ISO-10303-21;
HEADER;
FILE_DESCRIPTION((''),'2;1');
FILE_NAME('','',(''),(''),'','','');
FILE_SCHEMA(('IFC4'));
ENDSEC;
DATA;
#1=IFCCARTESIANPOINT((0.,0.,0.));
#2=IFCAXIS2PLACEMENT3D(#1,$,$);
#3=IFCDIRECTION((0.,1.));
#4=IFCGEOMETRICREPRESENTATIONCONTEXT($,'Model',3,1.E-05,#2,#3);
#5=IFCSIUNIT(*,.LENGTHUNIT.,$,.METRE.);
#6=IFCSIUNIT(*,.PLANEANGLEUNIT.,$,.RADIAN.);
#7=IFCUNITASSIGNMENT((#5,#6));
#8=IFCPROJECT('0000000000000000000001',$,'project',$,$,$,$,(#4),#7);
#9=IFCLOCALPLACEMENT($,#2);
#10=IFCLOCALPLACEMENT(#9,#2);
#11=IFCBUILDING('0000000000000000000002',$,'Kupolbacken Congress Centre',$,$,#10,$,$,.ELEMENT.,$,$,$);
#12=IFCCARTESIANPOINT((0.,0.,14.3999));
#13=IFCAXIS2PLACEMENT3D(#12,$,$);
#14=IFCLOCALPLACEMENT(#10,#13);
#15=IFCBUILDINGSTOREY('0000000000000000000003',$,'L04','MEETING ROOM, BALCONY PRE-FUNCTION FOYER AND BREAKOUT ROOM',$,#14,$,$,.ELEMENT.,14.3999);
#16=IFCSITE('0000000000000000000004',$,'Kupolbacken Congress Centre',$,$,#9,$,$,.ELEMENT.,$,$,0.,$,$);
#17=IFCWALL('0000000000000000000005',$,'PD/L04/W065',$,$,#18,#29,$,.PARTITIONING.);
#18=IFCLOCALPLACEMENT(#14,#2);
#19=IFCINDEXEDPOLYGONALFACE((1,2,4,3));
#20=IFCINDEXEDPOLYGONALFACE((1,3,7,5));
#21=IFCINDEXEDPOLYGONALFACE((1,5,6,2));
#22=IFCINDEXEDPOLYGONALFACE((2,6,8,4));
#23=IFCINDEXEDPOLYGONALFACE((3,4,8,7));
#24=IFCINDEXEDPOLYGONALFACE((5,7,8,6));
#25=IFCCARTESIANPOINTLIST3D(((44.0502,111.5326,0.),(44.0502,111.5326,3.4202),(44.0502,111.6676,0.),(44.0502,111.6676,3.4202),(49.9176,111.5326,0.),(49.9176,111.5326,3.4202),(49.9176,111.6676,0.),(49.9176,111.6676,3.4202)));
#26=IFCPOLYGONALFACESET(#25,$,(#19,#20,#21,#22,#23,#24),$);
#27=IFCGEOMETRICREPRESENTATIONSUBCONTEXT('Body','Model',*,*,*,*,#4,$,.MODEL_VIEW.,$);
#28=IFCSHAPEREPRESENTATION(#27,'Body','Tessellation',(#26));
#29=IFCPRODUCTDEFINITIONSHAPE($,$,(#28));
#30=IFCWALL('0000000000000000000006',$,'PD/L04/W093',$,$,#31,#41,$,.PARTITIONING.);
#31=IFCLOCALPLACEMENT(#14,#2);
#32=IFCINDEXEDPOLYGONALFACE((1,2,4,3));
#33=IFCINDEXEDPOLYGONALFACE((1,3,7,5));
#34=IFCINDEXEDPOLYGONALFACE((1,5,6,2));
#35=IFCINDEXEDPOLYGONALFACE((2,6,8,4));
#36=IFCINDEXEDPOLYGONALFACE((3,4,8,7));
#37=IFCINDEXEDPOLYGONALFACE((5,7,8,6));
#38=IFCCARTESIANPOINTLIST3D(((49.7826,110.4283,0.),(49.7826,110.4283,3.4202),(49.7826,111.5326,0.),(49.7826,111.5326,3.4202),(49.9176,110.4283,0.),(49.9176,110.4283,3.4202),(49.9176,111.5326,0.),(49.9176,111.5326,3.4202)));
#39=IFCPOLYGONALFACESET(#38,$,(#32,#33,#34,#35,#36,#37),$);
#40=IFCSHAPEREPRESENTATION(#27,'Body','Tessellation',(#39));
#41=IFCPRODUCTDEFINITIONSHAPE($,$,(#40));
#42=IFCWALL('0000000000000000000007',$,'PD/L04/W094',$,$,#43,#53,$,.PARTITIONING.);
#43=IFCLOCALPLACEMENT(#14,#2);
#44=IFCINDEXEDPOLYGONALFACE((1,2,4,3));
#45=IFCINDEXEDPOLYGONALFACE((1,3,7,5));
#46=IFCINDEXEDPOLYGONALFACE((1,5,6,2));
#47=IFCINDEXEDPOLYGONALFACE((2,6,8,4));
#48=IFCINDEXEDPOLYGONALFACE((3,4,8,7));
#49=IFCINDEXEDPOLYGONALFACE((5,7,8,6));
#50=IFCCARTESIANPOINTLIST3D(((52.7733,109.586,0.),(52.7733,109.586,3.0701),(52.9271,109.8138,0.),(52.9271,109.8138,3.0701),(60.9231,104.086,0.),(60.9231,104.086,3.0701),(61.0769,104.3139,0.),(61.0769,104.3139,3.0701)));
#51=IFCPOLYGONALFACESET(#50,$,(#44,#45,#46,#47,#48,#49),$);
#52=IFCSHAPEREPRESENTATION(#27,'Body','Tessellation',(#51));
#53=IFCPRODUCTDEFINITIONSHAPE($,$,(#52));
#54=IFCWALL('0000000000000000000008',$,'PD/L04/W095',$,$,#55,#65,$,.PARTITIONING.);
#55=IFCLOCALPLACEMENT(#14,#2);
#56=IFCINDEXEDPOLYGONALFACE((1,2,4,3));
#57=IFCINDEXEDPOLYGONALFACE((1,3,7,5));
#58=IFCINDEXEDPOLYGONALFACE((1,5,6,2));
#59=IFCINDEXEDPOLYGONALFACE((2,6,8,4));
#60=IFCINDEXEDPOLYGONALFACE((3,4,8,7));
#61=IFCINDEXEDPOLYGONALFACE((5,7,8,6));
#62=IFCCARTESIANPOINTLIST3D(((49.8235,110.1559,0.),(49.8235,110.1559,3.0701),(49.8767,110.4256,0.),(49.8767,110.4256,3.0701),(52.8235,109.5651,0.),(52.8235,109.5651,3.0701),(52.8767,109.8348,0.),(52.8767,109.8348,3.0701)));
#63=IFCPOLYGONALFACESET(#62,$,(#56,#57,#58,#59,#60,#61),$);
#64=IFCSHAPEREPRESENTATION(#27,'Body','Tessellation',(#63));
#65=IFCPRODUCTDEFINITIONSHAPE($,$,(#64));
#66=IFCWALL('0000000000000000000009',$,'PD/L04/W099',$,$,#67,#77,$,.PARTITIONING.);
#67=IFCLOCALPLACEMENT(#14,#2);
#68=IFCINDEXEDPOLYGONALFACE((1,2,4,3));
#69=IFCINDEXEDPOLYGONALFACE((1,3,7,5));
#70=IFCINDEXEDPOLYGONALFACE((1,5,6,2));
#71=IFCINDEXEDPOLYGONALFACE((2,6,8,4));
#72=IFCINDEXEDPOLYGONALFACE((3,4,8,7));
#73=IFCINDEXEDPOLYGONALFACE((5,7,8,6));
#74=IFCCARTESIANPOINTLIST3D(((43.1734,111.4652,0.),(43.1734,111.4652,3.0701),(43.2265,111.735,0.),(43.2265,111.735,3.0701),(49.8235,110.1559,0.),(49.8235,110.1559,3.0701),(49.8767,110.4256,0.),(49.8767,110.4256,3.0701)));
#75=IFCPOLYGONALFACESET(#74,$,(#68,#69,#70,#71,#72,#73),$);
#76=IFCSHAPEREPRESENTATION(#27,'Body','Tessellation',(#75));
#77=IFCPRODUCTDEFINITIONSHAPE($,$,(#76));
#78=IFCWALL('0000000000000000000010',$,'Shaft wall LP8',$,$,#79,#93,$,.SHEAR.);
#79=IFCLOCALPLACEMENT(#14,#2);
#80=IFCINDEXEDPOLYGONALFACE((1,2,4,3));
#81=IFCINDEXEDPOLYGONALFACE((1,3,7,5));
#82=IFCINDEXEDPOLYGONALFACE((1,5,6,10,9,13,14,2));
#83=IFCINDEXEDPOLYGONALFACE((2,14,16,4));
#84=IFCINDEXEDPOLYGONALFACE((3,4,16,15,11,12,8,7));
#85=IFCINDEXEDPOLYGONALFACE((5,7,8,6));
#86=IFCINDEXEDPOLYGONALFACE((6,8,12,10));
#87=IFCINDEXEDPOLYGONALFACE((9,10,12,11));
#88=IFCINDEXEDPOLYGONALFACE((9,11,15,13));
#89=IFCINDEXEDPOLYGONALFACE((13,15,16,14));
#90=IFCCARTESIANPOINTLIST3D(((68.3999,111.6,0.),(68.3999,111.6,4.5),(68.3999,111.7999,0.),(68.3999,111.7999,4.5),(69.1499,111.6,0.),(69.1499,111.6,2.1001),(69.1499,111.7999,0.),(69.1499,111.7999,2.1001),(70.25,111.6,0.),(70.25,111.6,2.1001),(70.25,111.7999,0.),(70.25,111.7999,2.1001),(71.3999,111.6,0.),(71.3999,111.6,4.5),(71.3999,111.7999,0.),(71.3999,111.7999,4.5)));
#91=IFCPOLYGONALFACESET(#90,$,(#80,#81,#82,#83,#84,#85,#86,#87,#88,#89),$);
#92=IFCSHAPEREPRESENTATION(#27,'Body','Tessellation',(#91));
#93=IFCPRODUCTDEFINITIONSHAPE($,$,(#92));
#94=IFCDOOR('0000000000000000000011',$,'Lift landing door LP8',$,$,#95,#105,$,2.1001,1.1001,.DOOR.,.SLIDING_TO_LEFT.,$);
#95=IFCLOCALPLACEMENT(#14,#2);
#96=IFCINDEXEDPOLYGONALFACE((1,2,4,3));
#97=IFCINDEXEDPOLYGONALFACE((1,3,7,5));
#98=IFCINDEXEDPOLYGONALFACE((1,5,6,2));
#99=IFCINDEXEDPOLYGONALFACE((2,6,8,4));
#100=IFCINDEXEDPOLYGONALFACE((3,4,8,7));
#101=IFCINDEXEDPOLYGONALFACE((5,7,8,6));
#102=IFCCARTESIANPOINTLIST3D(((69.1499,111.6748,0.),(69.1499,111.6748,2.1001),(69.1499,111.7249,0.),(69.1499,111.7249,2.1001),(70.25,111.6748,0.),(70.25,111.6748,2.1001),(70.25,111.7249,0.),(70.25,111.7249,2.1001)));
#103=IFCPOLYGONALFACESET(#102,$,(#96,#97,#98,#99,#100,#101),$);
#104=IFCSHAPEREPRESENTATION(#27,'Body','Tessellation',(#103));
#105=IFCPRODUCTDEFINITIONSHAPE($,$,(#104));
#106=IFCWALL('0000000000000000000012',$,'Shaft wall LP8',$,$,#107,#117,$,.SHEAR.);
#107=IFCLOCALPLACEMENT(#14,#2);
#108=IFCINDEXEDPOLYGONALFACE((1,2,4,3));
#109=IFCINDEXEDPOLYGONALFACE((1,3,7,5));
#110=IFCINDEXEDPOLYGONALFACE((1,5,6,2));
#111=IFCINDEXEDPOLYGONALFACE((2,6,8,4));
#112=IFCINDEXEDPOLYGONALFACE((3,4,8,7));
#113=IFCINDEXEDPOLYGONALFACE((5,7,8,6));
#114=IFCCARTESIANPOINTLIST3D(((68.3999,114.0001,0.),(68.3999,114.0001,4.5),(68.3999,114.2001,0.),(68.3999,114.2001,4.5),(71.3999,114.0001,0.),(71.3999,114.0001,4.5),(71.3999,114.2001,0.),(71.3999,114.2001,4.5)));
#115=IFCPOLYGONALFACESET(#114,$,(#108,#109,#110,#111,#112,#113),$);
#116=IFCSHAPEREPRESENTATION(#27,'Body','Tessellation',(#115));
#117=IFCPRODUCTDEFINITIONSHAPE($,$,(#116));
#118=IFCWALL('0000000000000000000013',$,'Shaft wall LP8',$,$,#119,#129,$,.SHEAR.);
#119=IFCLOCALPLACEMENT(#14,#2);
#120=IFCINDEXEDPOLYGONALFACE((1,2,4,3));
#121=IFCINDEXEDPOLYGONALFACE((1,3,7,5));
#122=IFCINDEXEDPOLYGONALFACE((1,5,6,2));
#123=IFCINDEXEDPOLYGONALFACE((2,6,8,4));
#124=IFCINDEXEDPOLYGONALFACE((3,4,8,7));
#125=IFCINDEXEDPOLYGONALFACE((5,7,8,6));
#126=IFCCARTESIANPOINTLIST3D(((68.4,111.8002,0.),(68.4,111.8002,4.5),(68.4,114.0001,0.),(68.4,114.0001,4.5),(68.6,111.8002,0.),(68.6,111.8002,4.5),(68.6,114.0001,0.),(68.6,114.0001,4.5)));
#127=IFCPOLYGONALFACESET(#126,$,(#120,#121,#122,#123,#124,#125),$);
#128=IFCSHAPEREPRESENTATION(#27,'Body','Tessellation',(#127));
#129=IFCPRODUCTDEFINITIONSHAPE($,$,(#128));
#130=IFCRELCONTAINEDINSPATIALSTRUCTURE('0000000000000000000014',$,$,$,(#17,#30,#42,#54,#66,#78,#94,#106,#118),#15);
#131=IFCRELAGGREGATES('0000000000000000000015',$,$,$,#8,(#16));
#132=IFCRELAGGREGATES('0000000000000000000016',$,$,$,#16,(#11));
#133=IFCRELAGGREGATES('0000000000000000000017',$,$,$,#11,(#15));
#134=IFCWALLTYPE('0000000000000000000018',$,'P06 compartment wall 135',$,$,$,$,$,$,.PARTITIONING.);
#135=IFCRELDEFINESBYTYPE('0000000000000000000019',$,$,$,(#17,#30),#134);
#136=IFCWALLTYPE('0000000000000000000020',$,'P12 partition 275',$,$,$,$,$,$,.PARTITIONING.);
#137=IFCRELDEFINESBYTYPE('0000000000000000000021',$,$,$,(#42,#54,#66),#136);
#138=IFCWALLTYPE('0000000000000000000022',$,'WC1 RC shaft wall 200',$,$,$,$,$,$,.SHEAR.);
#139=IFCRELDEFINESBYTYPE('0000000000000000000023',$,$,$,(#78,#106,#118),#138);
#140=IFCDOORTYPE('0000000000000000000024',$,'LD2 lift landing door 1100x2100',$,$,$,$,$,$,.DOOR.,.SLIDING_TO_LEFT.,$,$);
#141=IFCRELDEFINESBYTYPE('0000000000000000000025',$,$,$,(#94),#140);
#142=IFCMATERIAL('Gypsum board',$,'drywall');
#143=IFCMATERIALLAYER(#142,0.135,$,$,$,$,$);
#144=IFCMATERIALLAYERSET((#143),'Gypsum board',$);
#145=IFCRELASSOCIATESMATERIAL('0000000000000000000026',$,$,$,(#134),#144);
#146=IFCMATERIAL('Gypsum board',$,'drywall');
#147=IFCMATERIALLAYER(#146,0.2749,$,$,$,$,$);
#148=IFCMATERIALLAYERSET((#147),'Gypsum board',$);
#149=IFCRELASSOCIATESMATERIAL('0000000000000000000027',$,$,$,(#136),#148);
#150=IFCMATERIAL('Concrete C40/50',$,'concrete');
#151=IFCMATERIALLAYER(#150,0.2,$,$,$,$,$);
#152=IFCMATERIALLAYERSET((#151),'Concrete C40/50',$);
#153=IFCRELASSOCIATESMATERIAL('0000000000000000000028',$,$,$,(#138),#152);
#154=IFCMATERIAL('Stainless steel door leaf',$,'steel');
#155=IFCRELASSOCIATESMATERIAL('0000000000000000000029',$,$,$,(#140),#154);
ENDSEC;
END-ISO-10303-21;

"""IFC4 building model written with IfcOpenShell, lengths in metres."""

from ifc_helpers import new_model, si_unit, direction, frame, frame_2d, origin, place, context, subcontext, project, spatial, rectangle, extrude, material, layer, layer_set, type_object, element, fill, save


model = new_model("IFC4")

# Units and contexts
model_context = context("Model", 3, precision=1e-05, world=origin(), true_north=direction((0.0, 1.0)))
body_context = subcontext(model_context, "Body", "Model", "MODEL_VIEW")
ifc_project = project(units=[si_unit("LENGTHUNIT", "METRE"), si_unit("PLANEANGLEUNIT", "RADIAN")], contexts=[model_context])

# Site, building, storey
site_placement = place(None, origin())
site = spatial("IfcSite", under=ifc_project, at=site_placement, Name="Kupolbacken Congress Centre", CompositionType="ELEMENT", RefElevation=0.0)
building_placement = place(site_placement, origin())
building = spatial("IfcBuilding", under=site, at=building_placement, Name="Kupolbacken Congress Centre", CompositionType="ELEMENT")
storey_placement = place(building_placement, frame((0.0, 0.0, 14.3999)))
storey = spatial("IfcBuildingStorey", under=building, at=storey_placement, Name="L04", Description="MEETING ROOM, BALCONY PRE-FUNCTION FOYER AND BREAKOUT ROOM", CompositionType="ELEMENT", Elevation=14.3999)

# Walls
ifc_material_1 = material(Name="Gypsum board", Category="drywall")
ifc_layer_1 = layer(ifc_material_1, 0.135)
ifc_layer_set_1 = layer_set([ifc_layer_1], Name="Gypsum board")
wall_type_1 = type_object("IfcWallType", Name="P06 compartment wall 135", PredefinedType="PARTITIONING", material=ifc_layer_set_1)
wall_1_placement = place(storey_placement, frame((49.9175, 111.6001, 0.0), z_axis=(0.0, 0.0, 1.0), x_axis=(-1.0, 0.0, 0.0)))
element("IfcWall", 1, at=wall_1_placement, inside=storey, type_object=wall_type_1, Name="PD/L04/W065", PredefinedType="PARTITIONING", context=body_context, shape_type="SweptSolid", body=[
    extrude(rectangle(XDim=5.8674, YDim=0.135, at=frame_2d((2.9336, 0.0))), origin(), (0.0, 0.0, 1.0), 3.4202),
])
wall_2_placement = place(storey_placement, frame((49.8501, 110.4282, 0.0), z_axis=(0.0, 0.0, 1.0), x_axis=(0.0, 1.0, 0.0)))
element("IfcWall", 2, at=wall_2_placement, inside=storey, type_object=wall_type_1, Name="PD/L04/W093", PredefinedType="PARTITIONING", context=body_context, shape_type="SweptSolid", body=[
    extrude(rectangle(XDim=1.1042, YDim=0.135, at=frame_2d((0.5522, 0.0))), origin(), (0.0, 0.0, 1.0), 3.4202),
])
ifc_material_2 = material(Name="Gypsum board", Category="drywall")
ifc_layer_2 = layer(ifc_material_2, 0.2749)
ifc_layer_set_2 = layer_set([ifc_layer_2], Name="Gypsum board")
wall_type_2 = type_object("IfcWallType", Name="P12 partition 275", PredefinedType="PARTITIONING", material=ifc_layer_set_2)
wall_3_placement = place(storey_placement, frame((61.0, 104.2, 0.0), z_axis=(0.0, 0.0, 1.0), x_axis=(-0.828905, 0.55939, 0.0)))
element("IfcWall", 3, at=wall_3_placement, inside=storey, type_object=wall_type_2, Name="PD/L04/W094", PredefinedType="PARTITIONING", context=body_context, shape_type="SweptSolid", body=[
    extrude(rectangle(XDim=9.832, YDim=0.2749, at=frame_2d((4.916, 0.0))), origin(), (0.0, 0.0, 1.0), 3.0701),
])
wall_4_placement = place(storey_placement, frame((52.8501, 109.7, 0.0), z_axis=(0.0, 0.0, 1.0), x_axis=(-0.981154, 0.193229, 0.0)))
element("IfcWall", 4, at=wall_4_placement, inside=storey, type_object=wall_type_2, Name="PD/L04/W095", PredefinedType="PARTITIONING", context=body_context, shape_type="SweptSolid", body=[
    extrude(rectangle(XDim=3.0576, YDim=0.2749, at=frame_2d((1.5288, 0.0))), origin(), (0.0, 0.0, 1.0), 3.0701),
])
wall_5_placement = place(storey_placement, frame((49.8501, 110.2908, 0.0), z_axis=(0.0, 0.0, 1.0), x_axis=(-0.981164, 0.193178, 0.0)))
element("IfcWall", 5, at=wall_5_placement, inside=storey, type_object=wall_type_2, Name="PD/L04/W099", PredefinedType="PARTITIONING", context=body_context, shape_type="SweptSolid", body=[
    extrude(rectangle(XDim=6.7778, YDim=0.2749, at=frame_2d((3.3889, 0.0))), origin(), (0.0, 0.0, 1.0), 3.0701),
])

# Wall, opening, door
ifc_material_3 = material(Name="Concrete C40/50", Category="concrete")
ifc_layer_3 = layer(ifc_material_3, 0.2)
ifc_layer_set_3 = layer_set([ifc_layer_3], Name="Concrete C40/50")
wall_type_3 = type_object("IfcWallType", Name="WC1 RC shaft wall 200", PredefinedType="SHEAR", material=ifc_layer_set_3)
wall_6_placement = place(storey_placement, frame((68.3999, 111.7, 0.0), z_axis=(0.0, 0.0, 1.0), x_axis=(1.0, 0.0, 0.0)))
wall_6 = element("IfcWall", 6, at=wall_6_placement, inside=storey, type_object=wall_type_3, Name="Shaft wall LP8", PredefinedType="SHEAR", context=body_context, shape_type="SweptSolid", body=[
    extrude(rectangle(XDim=3.0, YDim=0.2, at=frame_2d((1.5, 0.0))), origin(), (0.0, 0.0, 1.0), 4.5),
])
opening_placement = place(wall_6_placement, frame((0.75, 0.0, 0.0)))
opening = element("IfcOpeningElement", 7, at=opening_placement, cuts=wall_6, PredefinedType="OPENING", context=body_context, shape_type="SweptSolid", body=[
    extrude(rectangle(XDim=1.1001, YDim=2.1001, at=frame_2d((0.55, 1.05))), frame((0.0, 0.1099, 0.0), z_axis=(0.0, -1.0, 0.0), x_axis=(1.0, 0.0, 0.0)), (0.0, 0.0, 1.0), 0.22),
])
ifc_material_4 = material(Name="Stainless steel door leaf", Category="steel")
door_type = type_object("IfcDoorType", Name="LD2 lift landing door 1100x2100", OperationType="SLIDING_TO_LEFT", PredefinedType="DOOR", material=ifc_material_4)
door_placement = place(opening_placement, origin())
door = element("IfcDoor", 8, at=door_placement, inside=storey, type_object=door_type, Name="Lift landing door LP8", OperationType="SLIDING_TO_LEFT", OverallHeight=2.1001, OverallWidth=1.1001, PredefinedType="DOOR", context=body_context, shape_type="SweptSolid", body=[
    extrude(rectangle(XDim=1.1001, YDim=2.1001, at=frame_2d((0.55, 1.05))), frame((0.0, 0.0249, 0.0), z_axis=(0.0, -1.0, 0.0), x_axis=(1.0, 0.0, 0.0)), (0.0, 0.0, 1.0), 0.05),
])
fill(opening, door)

# Walls
wall_7_placement = place(storey_placement, frame((68.3999, 114.1001, 0.0), z_axis=(0.0, 0.0, 1.0), x_axis=(1.0, 0.0, 0.0)))
element("IfcWall", 9, at=wall_7_placement, inside=storey, type_object=wall_type_3, Name="Shaft wall LP8", PredefinedType="SHEAR", context=body_context, shape_type="SweptSolid", body=[
    extrude(rectangle(XDim=3.0, YDim=0.2, at=frame_2d((1.5, 0.0))), origin(), (0.0, 0.0, 1.0), 4.5),
])
wall_8_placement = place(storey_placement, frame((68.5, 111.8, 0.0), z_axis=(0.0, 0.0, 1.0), x_axis=(0.0, 1.0, 0.0)))
element("IfcWall", 10, at=wall_8_placement, inside=storey, type_object=wall_type_3, Name="Shaft wall LP8", PredefinedType="SHEAR", context=body_context, shape_type="SweptSolid", body=[
    extrude(rectangle(XDim=2.2, YDim=0.2, at=frame_2d((1.1001, 0.0))), origin(), (0.0, 0.0, 1.0), 4.5),
])

save(model, "model.ifc")
